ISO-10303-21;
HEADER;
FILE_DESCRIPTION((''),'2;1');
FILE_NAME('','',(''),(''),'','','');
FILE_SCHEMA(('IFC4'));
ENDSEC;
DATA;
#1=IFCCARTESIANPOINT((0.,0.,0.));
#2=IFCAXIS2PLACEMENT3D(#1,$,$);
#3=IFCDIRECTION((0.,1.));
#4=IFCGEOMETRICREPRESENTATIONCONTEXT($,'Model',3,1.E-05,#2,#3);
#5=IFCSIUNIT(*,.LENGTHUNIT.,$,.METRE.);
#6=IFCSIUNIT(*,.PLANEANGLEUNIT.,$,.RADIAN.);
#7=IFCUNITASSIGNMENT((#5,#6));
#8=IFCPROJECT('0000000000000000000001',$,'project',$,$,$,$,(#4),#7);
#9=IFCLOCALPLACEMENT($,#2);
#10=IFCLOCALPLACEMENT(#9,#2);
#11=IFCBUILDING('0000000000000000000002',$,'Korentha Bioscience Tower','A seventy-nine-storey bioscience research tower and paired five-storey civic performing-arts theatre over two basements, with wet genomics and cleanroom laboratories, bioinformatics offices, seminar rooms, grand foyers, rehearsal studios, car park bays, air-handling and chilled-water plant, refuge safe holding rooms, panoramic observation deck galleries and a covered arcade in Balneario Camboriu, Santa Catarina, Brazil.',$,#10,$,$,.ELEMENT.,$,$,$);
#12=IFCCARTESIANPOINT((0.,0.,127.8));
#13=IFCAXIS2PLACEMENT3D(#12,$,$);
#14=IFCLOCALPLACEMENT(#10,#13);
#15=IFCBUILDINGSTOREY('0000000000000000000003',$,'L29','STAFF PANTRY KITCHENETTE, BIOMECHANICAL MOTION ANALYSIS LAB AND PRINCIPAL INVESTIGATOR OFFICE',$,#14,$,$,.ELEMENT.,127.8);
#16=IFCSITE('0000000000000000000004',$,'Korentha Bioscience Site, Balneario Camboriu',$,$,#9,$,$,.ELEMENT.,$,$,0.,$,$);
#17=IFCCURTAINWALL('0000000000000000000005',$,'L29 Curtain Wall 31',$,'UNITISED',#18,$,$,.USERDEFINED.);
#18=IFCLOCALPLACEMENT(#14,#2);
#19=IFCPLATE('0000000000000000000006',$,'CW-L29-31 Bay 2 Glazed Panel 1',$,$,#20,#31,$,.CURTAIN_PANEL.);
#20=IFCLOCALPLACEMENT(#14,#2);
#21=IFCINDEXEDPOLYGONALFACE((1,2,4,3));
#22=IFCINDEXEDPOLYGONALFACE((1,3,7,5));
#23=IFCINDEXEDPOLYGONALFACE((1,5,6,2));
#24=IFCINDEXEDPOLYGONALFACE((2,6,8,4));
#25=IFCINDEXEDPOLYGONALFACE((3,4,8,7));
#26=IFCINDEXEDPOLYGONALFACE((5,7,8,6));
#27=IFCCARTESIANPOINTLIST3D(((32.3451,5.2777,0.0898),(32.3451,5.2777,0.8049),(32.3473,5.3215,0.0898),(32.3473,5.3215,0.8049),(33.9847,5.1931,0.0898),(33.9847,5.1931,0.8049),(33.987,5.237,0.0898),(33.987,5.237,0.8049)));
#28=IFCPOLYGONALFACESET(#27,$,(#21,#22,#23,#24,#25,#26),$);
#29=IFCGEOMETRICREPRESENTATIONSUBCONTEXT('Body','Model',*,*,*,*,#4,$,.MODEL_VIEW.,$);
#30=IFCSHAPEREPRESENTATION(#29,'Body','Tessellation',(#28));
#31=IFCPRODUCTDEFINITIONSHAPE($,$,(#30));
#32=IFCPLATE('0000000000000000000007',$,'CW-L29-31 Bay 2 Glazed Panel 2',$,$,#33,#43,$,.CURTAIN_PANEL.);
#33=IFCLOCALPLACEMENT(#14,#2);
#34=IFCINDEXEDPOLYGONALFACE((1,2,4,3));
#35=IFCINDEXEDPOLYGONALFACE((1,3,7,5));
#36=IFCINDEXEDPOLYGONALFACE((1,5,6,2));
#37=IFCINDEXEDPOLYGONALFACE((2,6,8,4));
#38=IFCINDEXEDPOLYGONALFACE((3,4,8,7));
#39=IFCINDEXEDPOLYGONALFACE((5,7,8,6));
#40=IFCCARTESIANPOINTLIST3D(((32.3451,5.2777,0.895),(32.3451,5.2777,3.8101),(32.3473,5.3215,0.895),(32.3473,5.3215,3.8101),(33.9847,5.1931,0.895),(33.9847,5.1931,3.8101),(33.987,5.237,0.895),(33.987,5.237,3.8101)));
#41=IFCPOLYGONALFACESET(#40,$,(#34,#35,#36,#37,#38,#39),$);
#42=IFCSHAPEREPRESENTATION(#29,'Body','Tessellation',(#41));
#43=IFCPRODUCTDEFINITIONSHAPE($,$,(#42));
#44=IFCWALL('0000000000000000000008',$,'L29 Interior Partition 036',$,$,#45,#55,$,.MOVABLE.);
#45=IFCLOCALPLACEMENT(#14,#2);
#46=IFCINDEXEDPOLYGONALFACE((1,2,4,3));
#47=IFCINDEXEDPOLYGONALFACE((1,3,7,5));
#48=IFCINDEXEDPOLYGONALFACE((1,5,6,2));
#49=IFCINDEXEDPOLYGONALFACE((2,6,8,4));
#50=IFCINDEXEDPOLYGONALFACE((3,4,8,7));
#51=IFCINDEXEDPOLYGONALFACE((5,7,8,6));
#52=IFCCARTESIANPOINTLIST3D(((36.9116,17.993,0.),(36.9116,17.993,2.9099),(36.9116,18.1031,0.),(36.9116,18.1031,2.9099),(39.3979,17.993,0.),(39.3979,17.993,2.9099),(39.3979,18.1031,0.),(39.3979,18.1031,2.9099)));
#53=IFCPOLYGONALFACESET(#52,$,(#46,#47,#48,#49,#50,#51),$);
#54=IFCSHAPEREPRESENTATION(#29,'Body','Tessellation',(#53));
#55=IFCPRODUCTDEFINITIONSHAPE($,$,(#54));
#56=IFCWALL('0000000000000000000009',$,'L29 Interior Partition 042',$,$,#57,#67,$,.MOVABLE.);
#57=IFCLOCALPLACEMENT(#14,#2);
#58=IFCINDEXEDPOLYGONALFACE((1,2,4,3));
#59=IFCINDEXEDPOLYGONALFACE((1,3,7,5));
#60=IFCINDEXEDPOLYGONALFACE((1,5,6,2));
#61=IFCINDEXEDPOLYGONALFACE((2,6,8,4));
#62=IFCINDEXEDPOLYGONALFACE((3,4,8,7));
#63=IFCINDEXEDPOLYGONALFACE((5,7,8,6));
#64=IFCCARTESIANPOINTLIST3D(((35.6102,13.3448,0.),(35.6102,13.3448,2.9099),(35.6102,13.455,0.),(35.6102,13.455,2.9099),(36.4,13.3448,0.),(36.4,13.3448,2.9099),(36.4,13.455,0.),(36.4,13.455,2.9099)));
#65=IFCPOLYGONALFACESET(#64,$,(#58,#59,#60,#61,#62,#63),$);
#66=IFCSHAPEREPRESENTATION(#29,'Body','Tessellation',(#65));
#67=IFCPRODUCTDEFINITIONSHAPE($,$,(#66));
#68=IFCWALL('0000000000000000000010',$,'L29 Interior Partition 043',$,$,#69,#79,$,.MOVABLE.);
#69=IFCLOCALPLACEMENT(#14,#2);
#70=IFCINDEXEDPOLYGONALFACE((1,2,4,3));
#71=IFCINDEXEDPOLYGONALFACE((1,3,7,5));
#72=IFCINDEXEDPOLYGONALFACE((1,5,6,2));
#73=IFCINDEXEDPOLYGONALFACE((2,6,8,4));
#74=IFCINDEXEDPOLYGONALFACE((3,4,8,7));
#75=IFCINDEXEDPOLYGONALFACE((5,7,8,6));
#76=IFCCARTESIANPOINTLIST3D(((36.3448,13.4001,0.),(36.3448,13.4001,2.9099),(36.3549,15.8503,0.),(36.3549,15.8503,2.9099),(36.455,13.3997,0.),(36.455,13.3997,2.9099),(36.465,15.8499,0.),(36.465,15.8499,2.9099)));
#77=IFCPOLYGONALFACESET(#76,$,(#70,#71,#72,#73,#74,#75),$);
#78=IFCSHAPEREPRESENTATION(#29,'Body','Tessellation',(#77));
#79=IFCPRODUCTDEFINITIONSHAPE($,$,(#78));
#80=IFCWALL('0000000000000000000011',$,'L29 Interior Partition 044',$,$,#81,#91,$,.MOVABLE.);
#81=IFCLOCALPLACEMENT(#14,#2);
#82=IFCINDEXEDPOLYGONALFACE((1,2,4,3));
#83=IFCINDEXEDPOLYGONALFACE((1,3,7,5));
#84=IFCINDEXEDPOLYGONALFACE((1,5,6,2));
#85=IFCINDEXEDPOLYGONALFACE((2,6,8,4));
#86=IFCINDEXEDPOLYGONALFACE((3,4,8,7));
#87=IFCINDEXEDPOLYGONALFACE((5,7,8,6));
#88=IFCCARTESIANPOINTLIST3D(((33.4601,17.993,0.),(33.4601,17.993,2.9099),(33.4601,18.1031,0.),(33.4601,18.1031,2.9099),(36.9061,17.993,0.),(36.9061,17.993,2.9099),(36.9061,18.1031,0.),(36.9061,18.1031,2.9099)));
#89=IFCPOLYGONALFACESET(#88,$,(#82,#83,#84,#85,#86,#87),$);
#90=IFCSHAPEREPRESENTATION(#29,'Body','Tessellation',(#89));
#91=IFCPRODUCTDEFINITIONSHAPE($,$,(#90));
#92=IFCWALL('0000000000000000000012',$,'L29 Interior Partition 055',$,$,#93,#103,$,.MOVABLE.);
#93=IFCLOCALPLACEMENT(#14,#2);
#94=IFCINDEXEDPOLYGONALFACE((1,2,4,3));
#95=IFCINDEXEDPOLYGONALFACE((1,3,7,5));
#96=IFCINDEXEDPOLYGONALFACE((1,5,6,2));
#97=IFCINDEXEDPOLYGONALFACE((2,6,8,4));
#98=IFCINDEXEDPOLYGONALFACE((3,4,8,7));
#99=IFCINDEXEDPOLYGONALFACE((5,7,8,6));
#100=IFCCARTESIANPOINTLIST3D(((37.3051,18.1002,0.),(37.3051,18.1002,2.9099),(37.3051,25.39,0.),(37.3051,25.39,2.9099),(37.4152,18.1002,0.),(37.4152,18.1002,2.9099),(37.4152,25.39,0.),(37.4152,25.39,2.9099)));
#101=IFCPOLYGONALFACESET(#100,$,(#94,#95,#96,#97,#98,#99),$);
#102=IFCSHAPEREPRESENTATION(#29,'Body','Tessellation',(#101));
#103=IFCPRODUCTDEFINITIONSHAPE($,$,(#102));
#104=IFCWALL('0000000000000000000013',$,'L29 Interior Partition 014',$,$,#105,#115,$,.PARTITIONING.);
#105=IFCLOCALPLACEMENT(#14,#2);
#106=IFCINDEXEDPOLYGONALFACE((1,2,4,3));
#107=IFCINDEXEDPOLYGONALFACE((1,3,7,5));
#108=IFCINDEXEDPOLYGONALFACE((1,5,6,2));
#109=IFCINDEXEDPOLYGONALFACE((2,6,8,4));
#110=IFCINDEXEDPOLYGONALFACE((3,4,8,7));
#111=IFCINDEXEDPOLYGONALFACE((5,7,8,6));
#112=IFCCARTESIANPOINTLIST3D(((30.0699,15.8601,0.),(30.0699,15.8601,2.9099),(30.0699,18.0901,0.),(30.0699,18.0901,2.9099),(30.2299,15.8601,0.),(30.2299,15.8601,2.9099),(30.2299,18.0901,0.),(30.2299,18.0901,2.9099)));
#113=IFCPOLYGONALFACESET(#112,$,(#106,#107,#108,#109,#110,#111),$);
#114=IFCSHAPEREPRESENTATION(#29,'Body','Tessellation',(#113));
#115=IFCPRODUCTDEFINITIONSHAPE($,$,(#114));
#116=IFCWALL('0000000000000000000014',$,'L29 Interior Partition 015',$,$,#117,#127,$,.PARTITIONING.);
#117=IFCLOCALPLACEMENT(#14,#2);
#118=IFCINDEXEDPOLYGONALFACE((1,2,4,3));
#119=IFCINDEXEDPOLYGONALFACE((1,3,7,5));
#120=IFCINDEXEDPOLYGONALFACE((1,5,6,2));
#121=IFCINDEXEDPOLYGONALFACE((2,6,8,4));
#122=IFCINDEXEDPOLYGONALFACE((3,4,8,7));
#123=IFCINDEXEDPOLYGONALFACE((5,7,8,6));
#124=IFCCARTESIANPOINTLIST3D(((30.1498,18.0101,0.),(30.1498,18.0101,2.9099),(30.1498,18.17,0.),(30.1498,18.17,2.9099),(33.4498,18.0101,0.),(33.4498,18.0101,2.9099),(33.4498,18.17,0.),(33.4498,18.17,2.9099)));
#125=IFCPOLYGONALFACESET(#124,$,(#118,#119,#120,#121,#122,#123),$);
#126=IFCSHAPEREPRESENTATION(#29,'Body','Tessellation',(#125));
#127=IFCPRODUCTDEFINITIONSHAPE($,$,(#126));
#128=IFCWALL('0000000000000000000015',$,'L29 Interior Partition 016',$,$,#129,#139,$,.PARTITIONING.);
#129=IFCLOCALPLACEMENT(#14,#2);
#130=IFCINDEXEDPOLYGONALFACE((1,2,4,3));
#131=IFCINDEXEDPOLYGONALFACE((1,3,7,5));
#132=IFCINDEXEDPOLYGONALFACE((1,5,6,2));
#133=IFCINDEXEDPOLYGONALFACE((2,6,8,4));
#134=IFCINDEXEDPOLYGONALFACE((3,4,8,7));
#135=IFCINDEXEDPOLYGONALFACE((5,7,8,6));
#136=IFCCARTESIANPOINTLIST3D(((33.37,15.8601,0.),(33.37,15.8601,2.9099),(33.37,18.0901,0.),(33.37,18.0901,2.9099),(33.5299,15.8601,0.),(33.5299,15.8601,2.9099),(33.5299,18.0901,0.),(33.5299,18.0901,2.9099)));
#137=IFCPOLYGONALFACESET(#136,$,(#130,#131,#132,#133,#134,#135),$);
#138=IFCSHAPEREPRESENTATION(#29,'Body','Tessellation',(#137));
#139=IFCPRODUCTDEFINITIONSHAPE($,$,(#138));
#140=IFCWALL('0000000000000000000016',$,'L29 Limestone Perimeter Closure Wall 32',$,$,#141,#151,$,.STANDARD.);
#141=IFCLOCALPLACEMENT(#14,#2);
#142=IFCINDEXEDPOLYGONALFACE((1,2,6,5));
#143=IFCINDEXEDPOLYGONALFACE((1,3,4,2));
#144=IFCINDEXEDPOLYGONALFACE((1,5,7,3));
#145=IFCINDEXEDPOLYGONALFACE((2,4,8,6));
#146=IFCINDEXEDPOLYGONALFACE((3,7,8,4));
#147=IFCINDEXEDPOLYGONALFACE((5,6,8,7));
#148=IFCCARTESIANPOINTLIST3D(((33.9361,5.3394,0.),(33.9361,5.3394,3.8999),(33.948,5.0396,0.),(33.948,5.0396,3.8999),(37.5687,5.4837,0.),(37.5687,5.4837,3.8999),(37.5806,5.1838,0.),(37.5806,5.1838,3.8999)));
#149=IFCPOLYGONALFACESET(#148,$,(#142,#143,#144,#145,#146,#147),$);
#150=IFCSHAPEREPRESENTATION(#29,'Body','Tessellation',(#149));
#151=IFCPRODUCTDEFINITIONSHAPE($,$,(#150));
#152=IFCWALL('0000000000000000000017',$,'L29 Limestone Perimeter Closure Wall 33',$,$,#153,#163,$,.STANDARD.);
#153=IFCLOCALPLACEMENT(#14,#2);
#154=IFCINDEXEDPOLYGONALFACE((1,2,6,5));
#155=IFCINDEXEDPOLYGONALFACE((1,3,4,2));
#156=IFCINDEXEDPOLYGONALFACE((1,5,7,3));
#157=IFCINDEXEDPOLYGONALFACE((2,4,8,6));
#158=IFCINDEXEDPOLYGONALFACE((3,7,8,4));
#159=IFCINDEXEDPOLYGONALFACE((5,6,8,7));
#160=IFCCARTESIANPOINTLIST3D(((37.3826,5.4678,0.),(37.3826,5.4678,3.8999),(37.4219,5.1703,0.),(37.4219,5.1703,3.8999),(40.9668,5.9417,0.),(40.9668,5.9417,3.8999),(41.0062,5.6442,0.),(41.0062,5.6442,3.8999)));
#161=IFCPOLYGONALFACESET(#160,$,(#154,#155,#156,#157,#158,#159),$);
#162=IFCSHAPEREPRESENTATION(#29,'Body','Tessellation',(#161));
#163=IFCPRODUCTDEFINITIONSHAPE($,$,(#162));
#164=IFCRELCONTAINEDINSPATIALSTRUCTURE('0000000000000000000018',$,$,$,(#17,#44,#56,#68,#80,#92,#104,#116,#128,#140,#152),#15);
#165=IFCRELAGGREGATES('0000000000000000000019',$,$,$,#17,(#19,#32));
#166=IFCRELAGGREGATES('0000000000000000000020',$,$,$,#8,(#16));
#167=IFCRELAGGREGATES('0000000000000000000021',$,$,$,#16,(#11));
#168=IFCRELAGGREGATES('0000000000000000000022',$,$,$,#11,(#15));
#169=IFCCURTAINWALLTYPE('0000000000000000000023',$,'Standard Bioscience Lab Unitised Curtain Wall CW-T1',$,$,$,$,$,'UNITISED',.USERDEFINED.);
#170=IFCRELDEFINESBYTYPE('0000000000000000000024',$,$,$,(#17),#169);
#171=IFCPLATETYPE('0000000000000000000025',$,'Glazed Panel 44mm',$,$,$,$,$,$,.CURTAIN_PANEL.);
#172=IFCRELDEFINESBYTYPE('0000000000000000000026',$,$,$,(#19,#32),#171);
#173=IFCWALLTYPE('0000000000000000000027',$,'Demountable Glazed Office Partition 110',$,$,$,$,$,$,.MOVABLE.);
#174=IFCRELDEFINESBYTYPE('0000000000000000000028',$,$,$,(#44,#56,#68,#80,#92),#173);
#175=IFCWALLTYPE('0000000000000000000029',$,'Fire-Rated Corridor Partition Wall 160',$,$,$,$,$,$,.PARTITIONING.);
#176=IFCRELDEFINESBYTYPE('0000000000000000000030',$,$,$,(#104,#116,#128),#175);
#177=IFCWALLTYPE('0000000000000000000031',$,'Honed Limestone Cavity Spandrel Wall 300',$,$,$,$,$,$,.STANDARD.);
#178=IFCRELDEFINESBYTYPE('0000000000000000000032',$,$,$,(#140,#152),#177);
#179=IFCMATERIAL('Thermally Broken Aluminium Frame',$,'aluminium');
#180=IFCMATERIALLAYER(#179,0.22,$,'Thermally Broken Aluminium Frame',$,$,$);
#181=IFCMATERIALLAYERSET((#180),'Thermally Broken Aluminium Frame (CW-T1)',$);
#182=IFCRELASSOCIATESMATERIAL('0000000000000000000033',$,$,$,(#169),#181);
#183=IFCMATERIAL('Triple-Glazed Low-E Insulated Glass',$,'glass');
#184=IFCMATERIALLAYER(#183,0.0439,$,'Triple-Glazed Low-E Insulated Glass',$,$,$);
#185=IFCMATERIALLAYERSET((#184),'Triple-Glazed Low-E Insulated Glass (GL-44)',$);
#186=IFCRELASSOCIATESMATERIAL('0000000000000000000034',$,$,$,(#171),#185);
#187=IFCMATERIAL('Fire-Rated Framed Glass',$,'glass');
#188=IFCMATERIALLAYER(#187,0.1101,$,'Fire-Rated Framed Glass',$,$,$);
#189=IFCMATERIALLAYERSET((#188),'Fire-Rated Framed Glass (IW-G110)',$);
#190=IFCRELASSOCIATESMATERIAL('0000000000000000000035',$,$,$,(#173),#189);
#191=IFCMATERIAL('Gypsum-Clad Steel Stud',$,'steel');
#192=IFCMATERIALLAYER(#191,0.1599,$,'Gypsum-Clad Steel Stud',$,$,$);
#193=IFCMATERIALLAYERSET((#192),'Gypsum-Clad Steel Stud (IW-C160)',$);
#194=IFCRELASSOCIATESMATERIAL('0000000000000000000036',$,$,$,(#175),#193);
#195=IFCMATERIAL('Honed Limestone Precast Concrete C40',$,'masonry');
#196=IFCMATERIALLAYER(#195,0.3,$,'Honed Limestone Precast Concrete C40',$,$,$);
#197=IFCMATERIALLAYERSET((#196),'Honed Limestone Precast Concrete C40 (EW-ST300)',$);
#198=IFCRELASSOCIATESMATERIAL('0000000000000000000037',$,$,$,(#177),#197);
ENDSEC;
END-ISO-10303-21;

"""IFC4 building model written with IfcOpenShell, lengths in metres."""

from ifc_helpers import new_model, si_unit, direction, frame, frame_2d, origin, origin_2d, place, context, subcontext, project, spatial, rectangle, extrude, material, layer, layer_set, type_object, element, aggregate, save


model = new_model("IFC4")

# Units and contexts
model_context = context("Model", 3, precision=1e-05, world=origin(), true_north=direction((0.0, 1.0)))
body_context = subcontext(model_context, "Body", "Model", "MODEL_VIEW")
ifc_project = project(units=[si_unit("LENGTHUNIT", "METRE"), si_unit("PLANEANGLEUNIT", "RADIAN")], contexts=[model_context])

# Site, building, storey
site_placement = place(None, origin())
site = spatial("IfcSite", under=ifc_project, at=site_placement, Name="Korentha Bioscience Site, Balneario Camboriu", CompositionType="ELEMENT", RefElevation=0.0)
building_placement = place(site_placement, origin())
building = spatial("IfcBuilding", under=site, at=building_placement, Name="Korentha Bioscience Tower", Description="A seventy-nine-storey bioscience research tower and paired five-storey civic performing-arts theatre over two basements, with wet genomics and cleanroom laboratories, bioinformatics offices, seminar rooms, grand foyers, rehearsal studios, car park bays, air-handling and chilled-water plant, refuge safe holding rooms, panoramic observation deck galleries and a covered arcade in Balneario Camboriu, Santa Catarina, Brazil.", CompositionType="ELEMENT")
storey_placement = place(building_placement, frame((0.0, 0.0, 127.8)))
storey = spatial("IfcBuildingStorey", under=building, at=storey_placement, Name="L29", Description="STAFF PANTRY KITCHENETTE, BIOMECHANICAL MOTION ANALYSIS LAB AND PRINCIPAL INVESTIGATOR OFFICE", CompositionType="ELEMENT", Elevation=127.8)

# Curtain wall
ifc_material_1 = material(Name="Thermally Broken Aluminium Frame", Category="aluminium")
ifc_layer_1 = layer(ifc_material_1, 0.22, Name="Thermally Broken Aluminium Frame")
ifc_layer_set_1 = layer_set([ifc_layer_1], Name="Thermally Broken Aluminium Frame (CW-T1)")
curtain_wall_type = type_object("IfcCurtainWallType", Name="Standard Bioscience Lab Unitised Curtain Wall CW-T1", ElementType="UNITISED", PredefinedType="USERDEFINED", material=ifc_layer_set_1)
curtain_wall_placement = place(storey_placement, origin())
curtain_wall = element("IfcCurtainWall", 1, at=curtain_wall_placement, inside=storey, type_object=curtain_wall_type, Name="L29 Curtain Wall 31", ObjectType="UNITISED", PredefinedType="USERDEFINED")

# Plates
ifc_material_2 = material(Name="Triple-Glazed Low-E Insulated Glass", Category="glass")
ifc_layer_2 = layer(ifc_material_2, 0.0439, Name="Triple-Glazed Low-E Insulated Glass")
ifc_layer_set_2 = layer_set([ifc_layer_2], Name="Triple-Glazed Low-E Insulated Glass (GL-44)")
plate_type = type_object("IfcPlateType", Name="Glazed Panel 44mm", PredefinedType="CURTAIN_PANEL", material=ifc_layer_set_2)
plate_1_placement = place(storey_placement, frame((33.166, 5.2573, 0.0898), z_axis=(0.0, 0.0, 1.0), x_axis=(0.998673, -0.051495, 0.0)))
plate_1 = element("IfcPlate", 2, at=plate_1_placement, type_object=plate_type, Name="CW-L29-31 Bay 2 Glazed Panel 1", PredefinedType="CURTAIN_PANEL", context=body_context, shape_type="SweptSolid", body=[
    extrude(rectangle(XDim=1.6418, YDim=0.0439, at=origin_2d()), origin(), (0.0, 0.0, 1.0), 0.7151),
])
plate_2_placement = place(storey_placement, frame((33.166, 5.2573, 0.895), z_axis=(0.0, 0.0, 1.0), x_axis=(0.998673, -0.051495, 0.0)))
plate_2 = element("IfcPlate", 3, at=plate_2_placement, type_object=plate_type, Name="CW-L29-31 Bay 2 Glazed Panel 2", PredefinedType="CURTAIN_PANEL", context=body_context, shape_type="SweptSolid", body=[
    extrude(rectangle(XDim=1.6418, YDim=0.0439, at=origin_2d()), origin(), (0.0, 0.0, 1.0), 2.915),
])
aggregate(curtain_wall, [plate_1, plate_2])

# Shared definitions
ifc_material_3 = material(Name="Fire-Rated Framed Glass", Category="glass")
ifc_layer_3 = layer(ifc_material_3, 0.1101, Name="Fire-Rated Framed Glass")
ifc_layer_set_3 = layer_set([ifc_layer_3], Name="Fire-Rated Framed Glass (IW-G110)")
wall_type_1 = type_object("IfcWallType", Name="Demountable Glazed Office Partition 110", PredefinedType="MOVABLE", material=ifc_layer_set_3)

# Walls
wall_1_placement = place(storey_placement, frame((36.9116, 18.0481, 0.0), z_axis=(0.0, 0.0, 1.0), x_axis=(1.0, 0.0, 0.0)))
element("IfcWall", 4, at=wall_1_placement, inside=storey, type_object=wall_type_1, Name="L29 Interior Partition 036", PredefinedType="MOVABLE", context=body_context, shape_type="SweptSolid", body=[
    extrude(rectangle(XDim=2.4863, YDim=0.1101, at=frame_2d((1.2432, 0.0))), origin(), (0.0, 0.0, 1.0), 2.9099),
])
wall_2_placement = place(storey_placement, frame((35.6101, 13.3999, 0.0), z_axis=(0.0, 0.0, 1.0), x_axis=(1.0, 0.0, 0.0)))
element("IfcWall", 5, at=wall_2_placement, inside=storey, type_object=wall_type_1, Name="L29 Interior Partition 042", PredefinedType="MOVABLE", context=body_context, shape_type="SweptSolid", body=[
    extrude(rectangle(XDim=0.7898, YDim=0.1101, at=frame_2d((0.395, 0.0))), origin(), (0.0, 0.0, 1.0), 2.9099),
])
wall_3_placement = place(storey_placement, frame((36.3999, 13.3999, 0.0), z_axis=(0.0, 0.0, 1.0), x_axis=(0.004085, 0.999992, 0.0)))
element("IfcWall", 6, at=wall_3_placement, inside=storey, type_object=wall_type_1, Name="L29 Interior Partition 043", PredefinedType="MOVABLE", context=body_context, shape_type="SweptSolid", body=[
    extrude(rectangle(XDim=2.4502, YDim=0.1101, at=frame_2d((1.2251, 0.0))), origin(), (0.0, 0.0, 1.0), 2.9099),
])
wall_4_placement = place(storey_placement, frame((33.46, 18.0481, 0.0), z_axis=(0.0, 0.0, 1.0), x_axis=(1.0, 0.0, 0.0)))
element("IfcWall", 7, at=wall_4_placement, inside=storey, type_object=wall_type_1, Name="L29 Interior Partition 044", PredefinedType="MOVABLE", context=body_context, shape_type="SweptSolid", body=[
    extrude(rectangle(XDim=3.446, YDim=0.1101, at=frame_2d((1.7231, 0.0))), origin(), (0.0, 0.0, 1.0), 2.9099),
])
wall_5_placement = place(storey_placement, frame((37.3601, 18.1001, 0.0), z_axis=(0.0, 0.0, 1.0), x_axis=(0.0, 1.0, 0.0)))
element("IfcWall", 8, at=wall_5_placement, inside=storey, type_object=wall_type_1, Name="L29 Interior Partition 055", PredefinedType="MOVABLE", context=body_context, shape_type="SweptSolid", body=[
    extrude(rectangle(XDim=7.2898, YDim=0.1101, at=frame_2d((3.645, 0.0))), origin(), (0.0, 0.0, 1.0), 2.9099),
])

# Shared definitions
ifc_material_4 = material(Name="Gypsum-Clad Steel Stud", Category="steel")
ifc_layer_4 = layer(ifc_material_4, 0.1599, Name="Gypsum-Clad Steel Stud")
ifc_layer_set_4 = layer_set([ifc_layer_4], Name="Gypsum-Clad Steel Stud (IW-C160)")
wall_type_2 = type_object("IfcWallType", Name="Fire-Rated Corridor Partition Wall 160", PredefinedType="PARTITIONING", material=ifc_layer_set_4)

# Walls
wall_6_placement = place(storey_placement, frame((30.1499, 15.8601, 0.0), z_axis=(0.0, 0.0, 1.0), x_axis=(0.0, 1.0, 0.0)))
element("IfcWall", 9, at=wall_6_placement, inside=storey, type_object=wall_type_2, Name="L29 Interior Partition 014", PredefinedType="PARTITIONING", context=body_context, shape_type="SweptSolid", body=[
    extrude(rectangle(XDim=2.23, YDim=0.1599, at=frame_2d((1.115, 0.0))), origin(), (0.0, 0.0, 1.0), 2.9099),
])
wall_7_placement = place(storey_placement, frame((30.1499, 18.0901, 0.0), z_axis=(0.0, 0.0, 1.0), x_axis=(1.0, 0.0, 0.0)))
element("IfcWall", 10, at=wall_7_placement, inside=storey, type_object=wall_type_2, Name="L29 Interior Partition 015", PredefinedType="PARTITIONING", context=body_context, shape_type="SweptSolid", body=[
    extrude(rectangle(XDim=3.3, YDim=0.1599, at=frame_2d((1.6499, 0.0))), origin(), (0.0, 0.0, 1.0), 2.9099),
])
wall_8_placement = place(storey_placement, frame((33.45, 18.0901, 0.0), z_axis=(0.0, 0.0, 1.0), x_axis=(0.0, -1.0, 0.0)))
element("IfcWall", 11, at=wall_8_placement, inside=storey, type_object=wall_type_2, Name="L29 Interior Partition 016", PredefinedType="PARTITIONING", context=body_context, shape_type="SweptSolid", body=[
    extrude(rectangle(XDim=2.23, YDim=0.1599, at=frame_2d((1.115, 0.0))), origin(), (0.0, 0.0, 1.0), 2.9099),
])
ifc_material_5 = material(Name="Honed Limestone Precast Concrete C40", Category="masonry")
ifc_layer_5 = layer(ifc_material_5, 0.3, Name="Honed Limestone Precast Concrete C40")
ifc_layer_set_5 = layer_set([ifc_layer_5], Name="Honed Limestone Precast Concrete C40 (EW-ST300)")
wall_type_3 = type_object("IfcWallType", Name="Honed Limestone Cavity Spandrel Wall 300", PredefinedType="STANDARD", material=ifc_layer_set_5)
wall_9_placement = place(storey_placement, frame((33.9419, 5.1895, 0.0), z_axis=(0.0, 0.0, 1.0), x_axis=(0.999212, 0.039689, 0.0)))
element("IfcWall", 12, at=wall_9_placement, inside=storey, type_object=wall_type_3, Name="L29 Limestone Perimeter Closure Wall 32", PredefinedType="STANDARD", context=body_context, shape_type="SweptSolid", body=[
    extrude(rectangle(XDim=3.6355, YDim=0.3, at=frame_2d((1.8179, 0.0))), origin(), (0.0, 0.0, 1.0), 3.8999),
])
wall_10_placement = place(storey_placement, frame((37.4023, 5.3191, 0.0), z_axis=(0.0, 0.0, 1.0), x_axis=(0.991373, 0.131071, 0.0)))
element("IfcWall", 13, at=wall_10_placement, inside=storey, type_object=wall_type_3, Name="L29 Limestone Perimeter Closure Wall 33", PredefinedType="STANDARD", context=body_context, shape_type="SweptSolid", body=[
    extrude(rectangle(XDim=3.6155, YDim=0.3, at=frame_2d((1.8076, 0.0))), origin(), (0.0, 0.0, 1.0), 3.8999),
])

save(model, "model.ifc")
